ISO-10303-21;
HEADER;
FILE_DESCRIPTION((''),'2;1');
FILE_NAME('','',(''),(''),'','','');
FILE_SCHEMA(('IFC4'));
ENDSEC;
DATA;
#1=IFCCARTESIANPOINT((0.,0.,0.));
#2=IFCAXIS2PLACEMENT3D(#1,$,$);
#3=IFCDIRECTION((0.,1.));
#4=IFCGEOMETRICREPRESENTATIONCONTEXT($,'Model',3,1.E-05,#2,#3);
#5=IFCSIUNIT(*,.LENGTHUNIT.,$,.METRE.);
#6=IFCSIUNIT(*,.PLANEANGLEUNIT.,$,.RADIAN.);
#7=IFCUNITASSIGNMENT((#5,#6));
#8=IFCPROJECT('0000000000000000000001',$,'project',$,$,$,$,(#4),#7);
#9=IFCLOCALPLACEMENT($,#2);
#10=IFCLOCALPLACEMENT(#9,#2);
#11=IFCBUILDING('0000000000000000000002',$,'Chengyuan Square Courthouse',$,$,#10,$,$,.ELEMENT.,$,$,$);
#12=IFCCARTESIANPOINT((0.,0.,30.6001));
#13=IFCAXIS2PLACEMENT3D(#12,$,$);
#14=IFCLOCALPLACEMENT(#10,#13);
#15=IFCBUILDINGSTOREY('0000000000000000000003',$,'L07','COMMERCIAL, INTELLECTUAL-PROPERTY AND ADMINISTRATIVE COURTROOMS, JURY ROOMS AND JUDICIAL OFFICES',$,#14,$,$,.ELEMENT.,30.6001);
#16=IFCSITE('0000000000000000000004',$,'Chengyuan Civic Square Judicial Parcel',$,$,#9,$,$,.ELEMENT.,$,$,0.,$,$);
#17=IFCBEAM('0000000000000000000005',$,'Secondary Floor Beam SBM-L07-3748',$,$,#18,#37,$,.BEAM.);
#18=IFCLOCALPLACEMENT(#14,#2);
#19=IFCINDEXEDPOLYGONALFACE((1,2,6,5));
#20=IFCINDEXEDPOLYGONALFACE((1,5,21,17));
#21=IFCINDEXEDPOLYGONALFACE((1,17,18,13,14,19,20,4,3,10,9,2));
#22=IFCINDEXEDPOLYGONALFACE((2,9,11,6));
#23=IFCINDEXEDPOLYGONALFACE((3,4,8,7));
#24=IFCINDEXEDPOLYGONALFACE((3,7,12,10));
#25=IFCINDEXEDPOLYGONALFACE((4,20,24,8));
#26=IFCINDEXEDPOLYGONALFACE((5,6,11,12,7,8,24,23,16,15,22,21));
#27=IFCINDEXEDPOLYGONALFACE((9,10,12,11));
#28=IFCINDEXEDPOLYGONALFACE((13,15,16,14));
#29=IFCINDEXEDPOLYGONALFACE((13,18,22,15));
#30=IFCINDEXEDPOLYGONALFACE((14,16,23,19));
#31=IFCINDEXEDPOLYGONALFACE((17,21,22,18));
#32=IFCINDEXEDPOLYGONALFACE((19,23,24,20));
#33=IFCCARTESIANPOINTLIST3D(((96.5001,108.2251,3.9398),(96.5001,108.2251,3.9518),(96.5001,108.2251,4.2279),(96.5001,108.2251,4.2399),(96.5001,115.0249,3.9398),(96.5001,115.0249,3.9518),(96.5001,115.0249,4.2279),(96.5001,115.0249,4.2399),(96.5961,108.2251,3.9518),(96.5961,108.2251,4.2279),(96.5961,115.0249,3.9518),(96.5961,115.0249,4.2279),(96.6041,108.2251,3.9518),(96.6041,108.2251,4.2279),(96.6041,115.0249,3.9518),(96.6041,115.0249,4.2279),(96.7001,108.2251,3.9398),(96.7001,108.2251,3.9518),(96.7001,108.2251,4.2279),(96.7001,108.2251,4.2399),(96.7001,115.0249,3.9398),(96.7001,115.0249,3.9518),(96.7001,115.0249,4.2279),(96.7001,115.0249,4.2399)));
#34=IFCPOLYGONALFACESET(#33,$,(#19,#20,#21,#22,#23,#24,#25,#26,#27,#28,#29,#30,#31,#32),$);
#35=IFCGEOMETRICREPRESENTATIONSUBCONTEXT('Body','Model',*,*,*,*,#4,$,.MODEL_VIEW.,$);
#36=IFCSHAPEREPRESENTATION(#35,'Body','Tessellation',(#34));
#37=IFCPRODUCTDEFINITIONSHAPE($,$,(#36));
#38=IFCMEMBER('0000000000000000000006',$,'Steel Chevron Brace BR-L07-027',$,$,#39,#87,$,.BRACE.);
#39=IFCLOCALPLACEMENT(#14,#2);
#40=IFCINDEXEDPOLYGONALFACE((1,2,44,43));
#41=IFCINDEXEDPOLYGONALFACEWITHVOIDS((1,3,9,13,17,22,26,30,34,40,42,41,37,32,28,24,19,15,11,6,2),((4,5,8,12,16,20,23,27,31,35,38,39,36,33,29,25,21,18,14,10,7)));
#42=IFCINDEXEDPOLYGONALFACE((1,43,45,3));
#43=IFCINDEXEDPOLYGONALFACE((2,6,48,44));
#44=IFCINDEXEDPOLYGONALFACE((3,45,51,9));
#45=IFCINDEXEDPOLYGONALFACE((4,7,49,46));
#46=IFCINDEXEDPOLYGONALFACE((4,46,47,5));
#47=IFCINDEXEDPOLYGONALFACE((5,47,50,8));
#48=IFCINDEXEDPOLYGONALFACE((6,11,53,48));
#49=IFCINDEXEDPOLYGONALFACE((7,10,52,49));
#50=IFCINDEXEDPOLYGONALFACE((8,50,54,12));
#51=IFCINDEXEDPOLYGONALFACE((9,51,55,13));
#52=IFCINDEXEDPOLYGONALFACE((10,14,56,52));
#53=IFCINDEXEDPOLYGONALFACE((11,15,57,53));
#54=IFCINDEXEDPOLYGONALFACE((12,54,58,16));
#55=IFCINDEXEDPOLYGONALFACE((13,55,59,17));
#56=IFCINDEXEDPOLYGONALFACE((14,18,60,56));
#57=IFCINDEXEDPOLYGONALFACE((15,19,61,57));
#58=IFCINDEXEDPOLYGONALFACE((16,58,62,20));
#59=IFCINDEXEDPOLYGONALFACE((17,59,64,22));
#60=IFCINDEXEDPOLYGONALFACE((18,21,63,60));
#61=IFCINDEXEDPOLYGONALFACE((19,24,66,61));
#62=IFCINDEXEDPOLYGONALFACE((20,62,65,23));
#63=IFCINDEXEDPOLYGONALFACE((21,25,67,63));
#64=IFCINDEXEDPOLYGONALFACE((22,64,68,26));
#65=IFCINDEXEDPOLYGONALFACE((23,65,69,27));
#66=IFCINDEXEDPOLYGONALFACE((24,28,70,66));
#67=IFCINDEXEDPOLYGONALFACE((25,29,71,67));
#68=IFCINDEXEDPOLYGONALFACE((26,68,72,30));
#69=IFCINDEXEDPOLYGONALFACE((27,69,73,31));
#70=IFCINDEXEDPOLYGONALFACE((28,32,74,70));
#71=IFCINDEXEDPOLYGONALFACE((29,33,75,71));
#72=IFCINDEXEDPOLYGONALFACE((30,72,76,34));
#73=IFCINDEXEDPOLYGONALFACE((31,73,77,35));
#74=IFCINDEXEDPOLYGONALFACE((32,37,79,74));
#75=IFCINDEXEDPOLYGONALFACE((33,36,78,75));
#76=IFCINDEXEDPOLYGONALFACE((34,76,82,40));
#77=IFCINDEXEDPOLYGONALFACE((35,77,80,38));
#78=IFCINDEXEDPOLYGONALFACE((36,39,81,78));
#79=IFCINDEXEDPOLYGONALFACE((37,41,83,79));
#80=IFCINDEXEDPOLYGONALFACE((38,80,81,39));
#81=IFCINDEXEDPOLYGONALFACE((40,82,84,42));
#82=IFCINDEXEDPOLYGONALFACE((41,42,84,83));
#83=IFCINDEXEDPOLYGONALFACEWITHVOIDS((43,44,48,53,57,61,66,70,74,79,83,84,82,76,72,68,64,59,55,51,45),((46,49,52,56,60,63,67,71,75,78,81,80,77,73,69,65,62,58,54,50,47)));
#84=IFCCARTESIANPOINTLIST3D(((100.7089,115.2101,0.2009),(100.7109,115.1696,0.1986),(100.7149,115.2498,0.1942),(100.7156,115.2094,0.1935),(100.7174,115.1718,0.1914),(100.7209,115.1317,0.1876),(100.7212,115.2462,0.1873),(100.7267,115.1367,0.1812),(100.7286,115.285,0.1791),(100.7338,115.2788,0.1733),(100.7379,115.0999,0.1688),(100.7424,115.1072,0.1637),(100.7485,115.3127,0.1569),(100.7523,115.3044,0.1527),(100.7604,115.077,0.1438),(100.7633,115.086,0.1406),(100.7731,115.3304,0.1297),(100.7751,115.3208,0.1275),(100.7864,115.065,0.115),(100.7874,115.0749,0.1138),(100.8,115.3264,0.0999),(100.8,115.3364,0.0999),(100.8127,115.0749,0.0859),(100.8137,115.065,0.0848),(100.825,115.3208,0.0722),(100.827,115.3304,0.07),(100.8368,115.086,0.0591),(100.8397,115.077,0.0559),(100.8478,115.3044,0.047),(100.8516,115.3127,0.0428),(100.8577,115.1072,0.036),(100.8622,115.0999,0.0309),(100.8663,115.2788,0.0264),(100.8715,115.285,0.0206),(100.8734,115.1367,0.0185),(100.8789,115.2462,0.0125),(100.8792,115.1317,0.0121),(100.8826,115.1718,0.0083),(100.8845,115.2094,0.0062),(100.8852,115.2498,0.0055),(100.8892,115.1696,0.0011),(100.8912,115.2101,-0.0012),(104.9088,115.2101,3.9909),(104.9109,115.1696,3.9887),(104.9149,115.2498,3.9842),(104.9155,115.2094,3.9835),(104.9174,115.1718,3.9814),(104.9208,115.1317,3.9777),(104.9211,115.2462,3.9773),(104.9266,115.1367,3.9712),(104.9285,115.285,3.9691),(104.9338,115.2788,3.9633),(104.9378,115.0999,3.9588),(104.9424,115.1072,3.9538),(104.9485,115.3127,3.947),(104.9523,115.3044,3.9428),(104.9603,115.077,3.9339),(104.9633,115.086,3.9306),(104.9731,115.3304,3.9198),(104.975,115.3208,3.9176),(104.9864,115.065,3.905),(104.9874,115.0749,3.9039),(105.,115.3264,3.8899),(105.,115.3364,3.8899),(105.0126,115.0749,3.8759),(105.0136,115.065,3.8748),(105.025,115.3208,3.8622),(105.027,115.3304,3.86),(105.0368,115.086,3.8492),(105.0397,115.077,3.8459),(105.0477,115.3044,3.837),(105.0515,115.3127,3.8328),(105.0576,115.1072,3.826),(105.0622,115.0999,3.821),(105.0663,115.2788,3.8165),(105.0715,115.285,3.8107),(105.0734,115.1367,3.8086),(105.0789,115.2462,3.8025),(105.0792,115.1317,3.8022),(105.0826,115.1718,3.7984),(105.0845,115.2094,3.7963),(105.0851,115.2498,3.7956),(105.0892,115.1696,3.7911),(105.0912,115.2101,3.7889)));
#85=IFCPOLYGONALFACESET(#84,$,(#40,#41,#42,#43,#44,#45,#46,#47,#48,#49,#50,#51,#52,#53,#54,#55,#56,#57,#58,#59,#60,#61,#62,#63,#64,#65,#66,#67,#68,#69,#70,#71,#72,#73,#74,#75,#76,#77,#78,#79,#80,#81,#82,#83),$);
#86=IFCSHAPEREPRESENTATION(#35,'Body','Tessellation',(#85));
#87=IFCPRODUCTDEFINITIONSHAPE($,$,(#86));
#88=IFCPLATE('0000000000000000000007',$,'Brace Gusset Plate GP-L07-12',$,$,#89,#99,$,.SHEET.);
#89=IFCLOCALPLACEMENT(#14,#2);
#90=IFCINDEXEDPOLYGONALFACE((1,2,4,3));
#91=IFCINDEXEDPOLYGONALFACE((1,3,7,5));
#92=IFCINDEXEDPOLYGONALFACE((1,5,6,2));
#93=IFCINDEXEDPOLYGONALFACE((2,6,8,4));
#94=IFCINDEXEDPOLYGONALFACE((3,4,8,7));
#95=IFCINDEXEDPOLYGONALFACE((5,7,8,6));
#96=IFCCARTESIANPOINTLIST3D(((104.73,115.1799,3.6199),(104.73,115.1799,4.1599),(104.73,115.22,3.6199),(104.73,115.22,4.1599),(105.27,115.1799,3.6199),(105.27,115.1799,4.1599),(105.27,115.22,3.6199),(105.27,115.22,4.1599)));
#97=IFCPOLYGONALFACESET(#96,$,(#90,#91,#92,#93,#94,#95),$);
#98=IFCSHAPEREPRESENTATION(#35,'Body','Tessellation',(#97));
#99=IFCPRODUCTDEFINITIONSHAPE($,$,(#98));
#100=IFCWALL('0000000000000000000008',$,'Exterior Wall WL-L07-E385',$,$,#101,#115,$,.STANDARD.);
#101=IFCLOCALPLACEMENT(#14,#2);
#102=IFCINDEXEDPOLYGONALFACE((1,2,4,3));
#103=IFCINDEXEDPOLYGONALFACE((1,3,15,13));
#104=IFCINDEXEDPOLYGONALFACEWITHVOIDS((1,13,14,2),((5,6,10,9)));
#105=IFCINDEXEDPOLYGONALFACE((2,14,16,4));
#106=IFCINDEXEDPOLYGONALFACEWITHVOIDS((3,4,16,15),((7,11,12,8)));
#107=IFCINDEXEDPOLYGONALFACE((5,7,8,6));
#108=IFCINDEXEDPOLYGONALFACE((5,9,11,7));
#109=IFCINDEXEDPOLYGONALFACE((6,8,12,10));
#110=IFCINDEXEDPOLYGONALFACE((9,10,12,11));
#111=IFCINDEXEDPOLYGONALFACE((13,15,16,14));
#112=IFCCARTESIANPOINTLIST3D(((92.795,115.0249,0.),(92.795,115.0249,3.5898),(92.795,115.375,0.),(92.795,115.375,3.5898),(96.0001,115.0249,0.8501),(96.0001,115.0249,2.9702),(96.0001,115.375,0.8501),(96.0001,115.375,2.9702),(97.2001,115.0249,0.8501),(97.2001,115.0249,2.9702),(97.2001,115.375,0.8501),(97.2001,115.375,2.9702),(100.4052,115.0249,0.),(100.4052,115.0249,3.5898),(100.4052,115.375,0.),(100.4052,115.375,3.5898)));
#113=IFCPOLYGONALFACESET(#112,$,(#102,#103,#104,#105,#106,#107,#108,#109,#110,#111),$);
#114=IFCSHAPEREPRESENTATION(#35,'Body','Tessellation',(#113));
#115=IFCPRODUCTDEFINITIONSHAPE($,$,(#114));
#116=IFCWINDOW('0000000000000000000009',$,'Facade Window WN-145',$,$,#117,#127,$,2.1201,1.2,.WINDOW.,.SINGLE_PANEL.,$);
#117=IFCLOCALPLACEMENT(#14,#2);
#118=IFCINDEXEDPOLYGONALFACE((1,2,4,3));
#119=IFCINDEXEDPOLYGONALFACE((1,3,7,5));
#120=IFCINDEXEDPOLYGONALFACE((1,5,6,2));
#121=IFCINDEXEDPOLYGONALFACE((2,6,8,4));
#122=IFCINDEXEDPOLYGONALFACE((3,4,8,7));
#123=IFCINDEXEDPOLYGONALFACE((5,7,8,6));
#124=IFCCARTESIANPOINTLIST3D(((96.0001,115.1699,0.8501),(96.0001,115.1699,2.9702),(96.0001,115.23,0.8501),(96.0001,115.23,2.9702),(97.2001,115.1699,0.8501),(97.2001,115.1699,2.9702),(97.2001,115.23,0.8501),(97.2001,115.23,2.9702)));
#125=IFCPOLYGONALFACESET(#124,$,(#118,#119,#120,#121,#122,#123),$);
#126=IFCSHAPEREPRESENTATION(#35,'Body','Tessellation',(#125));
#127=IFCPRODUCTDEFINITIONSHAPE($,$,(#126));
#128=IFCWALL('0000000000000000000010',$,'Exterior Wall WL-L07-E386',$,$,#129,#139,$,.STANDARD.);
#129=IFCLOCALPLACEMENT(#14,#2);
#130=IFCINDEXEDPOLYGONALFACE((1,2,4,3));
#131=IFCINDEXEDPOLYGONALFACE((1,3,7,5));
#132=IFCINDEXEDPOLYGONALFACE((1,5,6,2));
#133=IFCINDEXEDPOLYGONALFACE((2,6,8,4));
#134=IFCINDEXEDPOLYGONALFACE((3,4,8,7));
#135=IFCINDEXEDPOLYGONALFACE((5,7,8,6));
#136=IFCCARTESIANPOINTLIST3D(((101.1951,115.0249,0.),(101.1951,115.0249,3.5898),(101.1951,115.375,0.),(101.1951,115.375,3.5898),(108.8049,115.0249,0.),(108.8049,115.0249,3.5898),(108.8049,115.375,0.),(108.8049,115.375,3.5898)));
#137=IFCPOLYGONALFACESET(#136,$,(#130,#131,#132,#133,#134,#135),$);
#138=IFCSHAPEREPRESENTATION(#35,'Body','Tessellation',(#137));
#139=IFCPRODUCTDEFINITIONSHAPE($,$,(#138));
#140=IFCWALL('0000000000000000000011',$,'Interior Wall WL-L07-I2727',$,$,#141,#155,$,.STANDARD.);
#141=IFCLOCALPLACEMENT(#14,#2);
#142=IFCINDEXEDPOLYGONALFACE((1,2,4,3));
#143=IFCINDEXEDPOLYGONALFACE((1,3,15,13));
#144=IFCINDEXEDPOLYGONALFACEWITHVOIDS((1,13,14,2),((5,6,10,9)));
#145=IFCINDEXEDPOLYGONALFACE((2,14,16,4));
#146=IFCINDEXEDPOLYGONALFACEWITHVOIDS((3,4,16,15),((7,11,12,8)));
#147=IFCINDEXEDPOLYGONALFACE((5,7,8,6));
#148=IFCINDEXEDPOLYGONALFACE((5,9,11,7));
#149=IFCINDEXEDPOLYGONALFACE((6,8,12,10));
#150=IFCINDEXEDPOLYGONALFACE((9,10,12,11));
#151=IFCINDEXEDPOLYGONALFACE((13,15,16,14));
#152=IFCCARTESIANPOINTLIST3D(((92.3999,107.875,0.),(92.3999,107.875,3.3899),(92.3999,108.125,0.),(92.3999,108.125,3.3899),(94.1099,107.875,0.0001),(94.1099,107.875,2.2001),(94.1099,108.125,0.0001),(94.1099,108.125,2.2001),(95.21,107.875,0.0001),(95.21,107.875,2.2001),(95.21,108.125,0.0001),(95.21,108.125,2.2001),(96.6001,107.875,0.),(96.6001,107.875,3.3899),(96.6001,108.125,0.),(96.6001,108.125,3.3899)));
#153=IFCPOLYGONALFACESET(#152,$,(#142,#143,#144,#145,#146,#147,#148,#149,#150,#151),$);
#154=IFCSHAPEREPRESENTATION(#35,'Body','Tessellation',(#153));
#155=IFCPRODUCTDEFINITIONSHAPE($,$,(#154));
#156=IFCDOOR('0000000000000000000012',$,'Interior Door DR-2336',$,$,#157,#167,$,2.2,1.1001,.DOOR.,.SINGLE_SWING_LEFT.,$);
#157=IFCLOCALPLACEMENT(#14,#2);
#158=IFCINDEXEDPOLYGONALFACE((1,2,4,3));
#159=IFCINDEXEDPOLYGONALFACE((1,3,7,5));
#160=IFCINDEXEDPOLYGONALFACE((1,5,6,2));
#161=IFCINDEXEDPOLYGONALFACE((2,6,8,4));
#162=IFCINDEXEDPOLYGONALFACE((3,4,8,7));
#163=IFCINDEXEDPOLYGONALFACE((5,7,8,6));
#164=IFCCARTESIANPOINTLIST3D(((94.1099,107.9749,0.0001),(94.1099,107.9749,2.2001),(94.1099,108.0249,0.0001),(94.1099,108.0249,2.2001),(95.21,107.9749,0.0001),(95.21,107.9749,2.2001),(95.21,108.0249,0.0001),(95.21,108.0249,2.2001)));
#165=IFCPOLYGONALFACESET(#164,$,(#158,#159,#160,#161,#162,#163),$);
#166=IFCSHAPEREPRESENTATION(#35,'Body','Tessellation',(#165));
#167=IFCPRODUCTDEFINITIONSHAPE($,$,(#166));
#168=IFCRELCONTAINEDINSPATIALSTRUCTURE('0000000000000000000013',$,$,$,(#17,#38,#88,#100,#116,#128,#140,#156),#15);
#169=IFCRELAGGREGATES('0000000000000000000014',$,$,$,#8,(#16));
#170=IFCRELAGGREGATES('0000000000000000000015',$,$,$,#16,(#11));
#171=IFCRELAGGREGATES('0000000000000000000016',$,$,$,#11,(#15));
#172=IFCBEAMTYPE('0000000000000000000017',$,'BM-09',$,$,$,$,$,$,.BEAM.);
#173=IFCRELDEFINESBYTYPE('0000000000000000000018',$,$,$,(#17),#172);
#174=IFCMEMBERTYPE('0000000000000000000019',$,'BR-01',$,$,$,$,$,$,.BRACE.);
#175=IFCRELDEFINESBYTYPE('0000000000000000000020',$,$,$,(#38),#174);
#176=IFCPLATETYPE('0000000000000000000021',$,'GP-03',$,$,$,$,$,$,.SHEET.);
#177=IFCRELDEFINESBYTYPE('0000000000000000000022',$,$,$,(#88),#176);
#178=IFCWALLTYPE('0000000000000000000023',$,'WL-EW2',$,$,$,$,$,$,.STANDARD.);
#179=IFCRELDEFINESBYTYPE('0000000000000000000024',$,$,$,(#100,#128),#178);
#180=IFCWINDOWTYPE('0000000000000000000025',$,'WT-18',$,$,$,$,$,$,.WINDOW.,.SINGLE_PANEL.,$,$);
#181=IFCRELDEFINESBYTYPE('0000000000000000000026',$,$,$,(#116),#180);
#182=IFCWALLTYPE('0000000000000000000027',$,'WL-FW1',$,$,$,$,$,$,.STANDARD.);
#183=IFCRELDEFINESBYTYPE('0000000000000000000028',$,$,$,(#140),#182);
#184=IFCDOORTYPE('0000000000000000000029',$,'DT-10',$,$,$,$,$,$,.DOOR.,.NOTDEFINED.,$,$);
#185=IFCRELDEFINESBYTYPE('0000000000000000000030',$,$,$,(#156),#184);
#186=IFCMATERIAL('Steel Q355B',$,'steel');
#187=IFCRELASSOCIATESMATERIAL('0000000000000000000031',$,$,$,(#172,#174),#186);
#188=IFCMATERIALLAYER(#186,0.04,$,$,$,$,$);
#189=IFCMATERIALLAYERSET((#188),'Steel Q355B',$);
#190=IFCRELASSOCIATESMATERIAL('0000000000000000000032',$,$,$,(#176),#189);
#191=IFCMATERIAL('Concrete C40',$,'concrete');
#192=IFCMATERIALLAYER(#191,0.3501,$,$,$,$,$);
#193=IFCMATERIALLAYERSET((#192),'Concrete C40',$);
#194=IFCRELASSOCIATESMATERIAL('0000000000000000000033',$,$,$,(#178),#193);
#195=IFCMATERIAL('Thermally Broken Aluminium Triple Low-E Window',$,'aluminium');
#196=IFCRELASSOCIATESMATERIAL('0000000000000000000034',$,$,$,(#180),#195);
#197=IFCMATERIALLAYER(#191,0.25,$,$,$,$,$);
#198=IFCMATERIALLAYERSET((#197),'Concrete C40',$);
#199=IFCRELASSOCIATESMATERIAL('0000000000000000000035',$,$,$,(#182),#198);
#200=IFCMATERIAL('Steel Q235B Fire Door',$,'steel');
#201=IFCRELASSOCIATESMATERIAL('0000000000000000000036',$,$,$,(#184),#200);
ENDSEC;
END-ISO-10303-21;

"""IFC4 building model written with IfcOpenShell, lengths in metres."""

from ifc_helpers import new_model, si_unit, direction, frame, frame_2d, origin, origin_2d, place, context, subcontext, project, spatial, rectangle, hollow_circle, i_section, extrude, material, layer, layer_set, material_profile, profile_set, type_object, element, fill, save


model = new_model("IFC4")

# Units and contexts
model_context = context("Model", 3, precision=1e-05, world=origin(), true_north=direction((0.0, 1.0)))
body_context = subcontext(model_context, "Body", "Model", "MODEL_VIEW")
ifc_project = project(units=[si_unit("LENGTHUNIT", "METRE"), si_unit("PLANEANGLEUNIT", "RADIAN")], contexts=[model_context])

# Site, building, storey
site_placement = place(None, origin())
site = spatial("IfcSite", under=ifc_project, at=site_placement, Name="Chengyuan Civic Square Judicial Parcel", CompositionType="ELEMENT", RefElevation=0.0)
building_placement = place(site_placement, origin())
building = spatial("IfcBuilding", under=site, at=building_placement, Name="Chengyuan Square Courthouse", CompositionType="ELEMENT")
storey_placement = place(building_placement, frame((0.0, 0.0, 30.6001)))
storey = spatial("IfcBuildingStorey", under=building, at=storey_placement, Name="L07", Description="COMMERCIAL, INTELLECTUAL-PROPERTY AND ADMINISTRATIVE COURTROOMS, JURY ROOMS AND JUDICIAL OFFICES", CompositionType="ELEMENT", Elevation=30.6001)

# Beam
ifc_material_1 = material(Name="Concrete C40", Category="concrete")
ifc_material_2 = material(Name="Steel Q355B", Category="steel")
ifc_material_profile_1 = material_profile(ifc_material_2, i_section(OverallWidth=0.2, OverallDepth=0.3, WebThickness=0.0081, FlangeThickness=0.012, at=origin_2d()), Name="HM 300x200x8x12")
ifc_profile_set_1 = profile_set([ifc_material_profile_1], Name="Steel Q355B")
beam_type_1 = type_object("IfcBeamType", Name="BM-09", PredefinedType="BEAM", material=ifc_profile_set_1)
beam_1_placement = place(storey_placement, frame((96.6001, 108.2251, 4.0898), z_axis=(0.0, 1.0, 0.0), x_axis=(-1.0, 0.0, 0.0)))
element("IfcBeam", 1, at=beam_1_placement, inside=storey, type_object=beam_type_1, Name="Secondary Floor Beam SBM-L07-3748", PredefinedType="BEAM", context=body_context, shape_type="SweptSolid", body=[
    extrude(i_section(OverallWidth=0.2, OverallDepth=0.3, WebThickness=0.0081, FlangeThickness=0.012, at=origin_2d()), origin(), (0.0, 0.0, 1.0), 6.7998),
])

# Member
ifc_material_profile_2 = material_profile(ifc_material_2, hollow_circle(Radius=0.1365, WallThickness=0.01, at=origin_2d()), Name="CHS 273x10")
ifc_profile_set_2 = profile_set([ifc_material_profile_2], Name="Steel Q355B")
member_type = type_object("IfcMemberType", Name="BR-01", PredefinedType="BRACE", material=ifc_profile_set_2)
member_placement = place(storey_placement, frame((100.8, 115.2, 0.0999), z_axis=(0.742407, 0.0, 0.669949), x_axis=(0.0, 1.0, 0.0)))
element("IfcMember", 2, at=member_placement, inside=storey, type_object=member_type, Name="Steel Chevron Brace BR-L07-027", PredefinedType="BRACE", context=body_context, shape_type="SweptSolid", body=[
    extrude(hollow_circle(Radius=0.1365, WallThickness=0.01, at=origin_2d()), origin(), (0.0, 0.0, 1.0), 5.6572),
])

# Plate
ifc_layer_1 = layer(ifc_material_2, 0.04)
ifc_layer_set_1 = layer_set([ifc_layer_1], Name="Steel Q355B")
plate_type = type_object("IfcPlateType", Name="GP-03", PredefinedType="SHEET", material=ifc_layer_set_1)
plate_placement = place(storey_placement, frame((105.0, 115.2, 3.6199), z_axis=(0.0, 0.0, 1.0), x_axis=(1.0, 0.0, 0.0)))
element("IfcPlate", 3, at=plate_placement, inside=storey, type_object=plate_type, Name="Brace Gusset Plate GP-L07-12", PredefinedType="SHEET", context=body_context, shape_type="SweptSolid", body=[
    extrude(rectangle(XDim=0.54, YDim=0.04, at=origin_2d()), origin(), (0.0, 0.0, 1.0), 0.54),
])

# Wall, opening, window
ifc_layer_2 = layer(ifc_material_1, 0.3501)
ifc_layer_set_2 = layer_set([ifc_layer_2], Name="Concrete C40")
wall_type_1 = type_object("IfcWallType", Name="WL-EW2", PredefinedType="STANDARD", material=ifc_layer_set_2)
wall_1_placement = place(storey_placement, frame((92.7949, 115.2, 0.0), z_axis=(0.0, 0.0, 1.0), x_axis=(1.0, 0.0, 0.0)))
wall_1 = element("IfcWall", 4, at=wall_1_placement, inside=storey, type_object=wall_type_1, Name="Exterior Wall WL-L07-E385", PredefinedType="STANDARD", context=body_context, shape_type="SweptSolid", body=[
    extrude(rectangle(XDim=7.6101, YDim=0.3501, at=frame_2d((3.8052, 0.0))), origin(), (0.0, 0.0, 1.0), 3.5898),
])
opening_1_placement = place(wall_1_placement, frame((3.2051, 0.0, 0.8501)))
opening_1 = element("IfcOpeningElement", 5, at=opening_1_placement, cuts=wall_1, PredefinedType="OPENING", context=body_context, shape_type="SweptSolid", body=[
    extrude(rectangle(XDim=1.2, YDim=2.1201, at=frame_2d((0.6001, 1.0601))), frame((0.0, 0.187, 0.0), z_axis=(0.0, -1.0, 0.0), x_axis=(1.0, 0.0, 0.0)), (0.0, 0.0, 1.0), 0.374),
])
ifc_material_3 = material(Name="Thermally Broken Aluminium Triple Low-E Window", Category="aluminium")
window_type = type_object("IfcWindowType", Name="WT-18", PartitioningType="SINGLE_PANEL", PredefinedType="WINDOW", material=ifc_material_3)
window_placement = place(opening_1_placement, origin())
window = element("IfcWindow", 6, at=window_placement, inside=storey, type_object=window_type, Name="Facade Window WN-145", OverallHeight=2.1201, OverallWidth=1.2, PartitioningType="SINGLE_PANEL", PredefinedType="WINDOW", context=body_context, shape_type="SweptSolid", body=[
    extrude(rectangle(XDim=1.2, YDim=2.1201, at=frame_2d((0.6001, 1.0601))), frame((0.0, 0.03, 0.0), z_axis=(0.0, -1.0, 0.0), x_axis=(1.0, 0.0, 0.0)), (0.0, 0.0, 1.0), 0.0601),
])
fill(opening_1, window)

# Wall
wall_2_placement = place(storey_placement, frame((101.1951, 115.2, 0.0), z_axis=(0.0, 0.0, 1.0), x_axis=(1.0, 0.0, 0.0)))
element("IfcWall", 7, at=wall_2_placement, inside=storey, type_object=wall_type_1, Name="Exterior Wall WL-L07-E386", PredefinedType="STANDARD", context=body_context, shape_type="SweptSolid", body=[
    extrude(rectangle(XDim=7.6099, YDim=0.3501, at=frame_2d((3.8049, 0.0))), origin(), (0.0, 0.0, 1.0), 3.5898),
])

# Wall, opening, door
ifc_layer_3 = layer(ifc_material_1, 0.25)
ifc_layer_set_3 = layer_set([ifc_layer_3], Name="Concrete C40")
wall_type_2 = type_object("IfcWallType", Name="WL-FW1", PredefinedType="STANDARD", material=ifc_layer_set_3)
wall_3_placement = place(storey_placement, frame((92.3999, 108.0, 0.0), z_axis=(0.0, 0.0, 1.0), x_axis=(1.0, 0.0, 0.0)))
wall_3 = element("IfcWall", 8, at=wall_3_placement, inside=storey, type_object=wall_type_2, Name="Interior Wall WL-L07-I2727", PredefinedType="STANDARD", context=body_context, shape_type="SweptSolid", body=[
    extrude(rectangle(XDim=4.2002, YDim=0.25, at=frame_2d((2.1001, 0.0))), origin(), (0.0, 0.0, 1.0), 3.3899),
])
opening_2_placement = place(wall_3_placement, frame((1.71, 0.0, 0.0)))
opening_2 = element("IfcOpeningElement", 9, at=opening_2_placement, cuts=wall_3, PredefinedType="OPENING", context=body_context, shape_type="SweptSolid", body=[
    extrude(rectangle(XDim=1.1001, YDim=2.2, at=frame_2d((0.55, 1.1001))), frame((0.0, 0.137, 0.0), z_axis=(0.0, -1.0, 0.0), x_axis=(1.0, 0.0, 0.0)), (0.0, 0.0, 1.0), 0.2739),
])
ifc_material_4 = material(Name="Steel Q235B Fire Door", Category="steel")
door_type_1 = type_object("IfcDoorType", Name="DT-10", OperationType="NOTDEFINED", PredefinedType="DOOR", material=ifc_material_4)
door_1_placement = place(opening_2_placement, origin())
door_1 = element("IfcDoor", 10, at=door_1_placement, inside=storey, type_object=door_type_1, Name="Interior Door DR-2336", OperationType="SINGLE_SWING_LEFT", OverallHeight=2.2, OverallWidth=1.1001, PredefinedType="DOOR", context=body_context, shape_type="SweptSolid", body=[
    extrude(rectangle(XDim=1.1001, YDim=2.2, at=frame_2d((0.55, 1.1001))), frame((0.0, 0.0249, 0.0), z_axis=(0.0, -1.0, 0.0), x_axis=(1.0, 0.0, 0.0)), (0.0, 0.0, 1.0), 0.05),
])
fill(opening_2, door_1)

save(model, "model.ifc")
